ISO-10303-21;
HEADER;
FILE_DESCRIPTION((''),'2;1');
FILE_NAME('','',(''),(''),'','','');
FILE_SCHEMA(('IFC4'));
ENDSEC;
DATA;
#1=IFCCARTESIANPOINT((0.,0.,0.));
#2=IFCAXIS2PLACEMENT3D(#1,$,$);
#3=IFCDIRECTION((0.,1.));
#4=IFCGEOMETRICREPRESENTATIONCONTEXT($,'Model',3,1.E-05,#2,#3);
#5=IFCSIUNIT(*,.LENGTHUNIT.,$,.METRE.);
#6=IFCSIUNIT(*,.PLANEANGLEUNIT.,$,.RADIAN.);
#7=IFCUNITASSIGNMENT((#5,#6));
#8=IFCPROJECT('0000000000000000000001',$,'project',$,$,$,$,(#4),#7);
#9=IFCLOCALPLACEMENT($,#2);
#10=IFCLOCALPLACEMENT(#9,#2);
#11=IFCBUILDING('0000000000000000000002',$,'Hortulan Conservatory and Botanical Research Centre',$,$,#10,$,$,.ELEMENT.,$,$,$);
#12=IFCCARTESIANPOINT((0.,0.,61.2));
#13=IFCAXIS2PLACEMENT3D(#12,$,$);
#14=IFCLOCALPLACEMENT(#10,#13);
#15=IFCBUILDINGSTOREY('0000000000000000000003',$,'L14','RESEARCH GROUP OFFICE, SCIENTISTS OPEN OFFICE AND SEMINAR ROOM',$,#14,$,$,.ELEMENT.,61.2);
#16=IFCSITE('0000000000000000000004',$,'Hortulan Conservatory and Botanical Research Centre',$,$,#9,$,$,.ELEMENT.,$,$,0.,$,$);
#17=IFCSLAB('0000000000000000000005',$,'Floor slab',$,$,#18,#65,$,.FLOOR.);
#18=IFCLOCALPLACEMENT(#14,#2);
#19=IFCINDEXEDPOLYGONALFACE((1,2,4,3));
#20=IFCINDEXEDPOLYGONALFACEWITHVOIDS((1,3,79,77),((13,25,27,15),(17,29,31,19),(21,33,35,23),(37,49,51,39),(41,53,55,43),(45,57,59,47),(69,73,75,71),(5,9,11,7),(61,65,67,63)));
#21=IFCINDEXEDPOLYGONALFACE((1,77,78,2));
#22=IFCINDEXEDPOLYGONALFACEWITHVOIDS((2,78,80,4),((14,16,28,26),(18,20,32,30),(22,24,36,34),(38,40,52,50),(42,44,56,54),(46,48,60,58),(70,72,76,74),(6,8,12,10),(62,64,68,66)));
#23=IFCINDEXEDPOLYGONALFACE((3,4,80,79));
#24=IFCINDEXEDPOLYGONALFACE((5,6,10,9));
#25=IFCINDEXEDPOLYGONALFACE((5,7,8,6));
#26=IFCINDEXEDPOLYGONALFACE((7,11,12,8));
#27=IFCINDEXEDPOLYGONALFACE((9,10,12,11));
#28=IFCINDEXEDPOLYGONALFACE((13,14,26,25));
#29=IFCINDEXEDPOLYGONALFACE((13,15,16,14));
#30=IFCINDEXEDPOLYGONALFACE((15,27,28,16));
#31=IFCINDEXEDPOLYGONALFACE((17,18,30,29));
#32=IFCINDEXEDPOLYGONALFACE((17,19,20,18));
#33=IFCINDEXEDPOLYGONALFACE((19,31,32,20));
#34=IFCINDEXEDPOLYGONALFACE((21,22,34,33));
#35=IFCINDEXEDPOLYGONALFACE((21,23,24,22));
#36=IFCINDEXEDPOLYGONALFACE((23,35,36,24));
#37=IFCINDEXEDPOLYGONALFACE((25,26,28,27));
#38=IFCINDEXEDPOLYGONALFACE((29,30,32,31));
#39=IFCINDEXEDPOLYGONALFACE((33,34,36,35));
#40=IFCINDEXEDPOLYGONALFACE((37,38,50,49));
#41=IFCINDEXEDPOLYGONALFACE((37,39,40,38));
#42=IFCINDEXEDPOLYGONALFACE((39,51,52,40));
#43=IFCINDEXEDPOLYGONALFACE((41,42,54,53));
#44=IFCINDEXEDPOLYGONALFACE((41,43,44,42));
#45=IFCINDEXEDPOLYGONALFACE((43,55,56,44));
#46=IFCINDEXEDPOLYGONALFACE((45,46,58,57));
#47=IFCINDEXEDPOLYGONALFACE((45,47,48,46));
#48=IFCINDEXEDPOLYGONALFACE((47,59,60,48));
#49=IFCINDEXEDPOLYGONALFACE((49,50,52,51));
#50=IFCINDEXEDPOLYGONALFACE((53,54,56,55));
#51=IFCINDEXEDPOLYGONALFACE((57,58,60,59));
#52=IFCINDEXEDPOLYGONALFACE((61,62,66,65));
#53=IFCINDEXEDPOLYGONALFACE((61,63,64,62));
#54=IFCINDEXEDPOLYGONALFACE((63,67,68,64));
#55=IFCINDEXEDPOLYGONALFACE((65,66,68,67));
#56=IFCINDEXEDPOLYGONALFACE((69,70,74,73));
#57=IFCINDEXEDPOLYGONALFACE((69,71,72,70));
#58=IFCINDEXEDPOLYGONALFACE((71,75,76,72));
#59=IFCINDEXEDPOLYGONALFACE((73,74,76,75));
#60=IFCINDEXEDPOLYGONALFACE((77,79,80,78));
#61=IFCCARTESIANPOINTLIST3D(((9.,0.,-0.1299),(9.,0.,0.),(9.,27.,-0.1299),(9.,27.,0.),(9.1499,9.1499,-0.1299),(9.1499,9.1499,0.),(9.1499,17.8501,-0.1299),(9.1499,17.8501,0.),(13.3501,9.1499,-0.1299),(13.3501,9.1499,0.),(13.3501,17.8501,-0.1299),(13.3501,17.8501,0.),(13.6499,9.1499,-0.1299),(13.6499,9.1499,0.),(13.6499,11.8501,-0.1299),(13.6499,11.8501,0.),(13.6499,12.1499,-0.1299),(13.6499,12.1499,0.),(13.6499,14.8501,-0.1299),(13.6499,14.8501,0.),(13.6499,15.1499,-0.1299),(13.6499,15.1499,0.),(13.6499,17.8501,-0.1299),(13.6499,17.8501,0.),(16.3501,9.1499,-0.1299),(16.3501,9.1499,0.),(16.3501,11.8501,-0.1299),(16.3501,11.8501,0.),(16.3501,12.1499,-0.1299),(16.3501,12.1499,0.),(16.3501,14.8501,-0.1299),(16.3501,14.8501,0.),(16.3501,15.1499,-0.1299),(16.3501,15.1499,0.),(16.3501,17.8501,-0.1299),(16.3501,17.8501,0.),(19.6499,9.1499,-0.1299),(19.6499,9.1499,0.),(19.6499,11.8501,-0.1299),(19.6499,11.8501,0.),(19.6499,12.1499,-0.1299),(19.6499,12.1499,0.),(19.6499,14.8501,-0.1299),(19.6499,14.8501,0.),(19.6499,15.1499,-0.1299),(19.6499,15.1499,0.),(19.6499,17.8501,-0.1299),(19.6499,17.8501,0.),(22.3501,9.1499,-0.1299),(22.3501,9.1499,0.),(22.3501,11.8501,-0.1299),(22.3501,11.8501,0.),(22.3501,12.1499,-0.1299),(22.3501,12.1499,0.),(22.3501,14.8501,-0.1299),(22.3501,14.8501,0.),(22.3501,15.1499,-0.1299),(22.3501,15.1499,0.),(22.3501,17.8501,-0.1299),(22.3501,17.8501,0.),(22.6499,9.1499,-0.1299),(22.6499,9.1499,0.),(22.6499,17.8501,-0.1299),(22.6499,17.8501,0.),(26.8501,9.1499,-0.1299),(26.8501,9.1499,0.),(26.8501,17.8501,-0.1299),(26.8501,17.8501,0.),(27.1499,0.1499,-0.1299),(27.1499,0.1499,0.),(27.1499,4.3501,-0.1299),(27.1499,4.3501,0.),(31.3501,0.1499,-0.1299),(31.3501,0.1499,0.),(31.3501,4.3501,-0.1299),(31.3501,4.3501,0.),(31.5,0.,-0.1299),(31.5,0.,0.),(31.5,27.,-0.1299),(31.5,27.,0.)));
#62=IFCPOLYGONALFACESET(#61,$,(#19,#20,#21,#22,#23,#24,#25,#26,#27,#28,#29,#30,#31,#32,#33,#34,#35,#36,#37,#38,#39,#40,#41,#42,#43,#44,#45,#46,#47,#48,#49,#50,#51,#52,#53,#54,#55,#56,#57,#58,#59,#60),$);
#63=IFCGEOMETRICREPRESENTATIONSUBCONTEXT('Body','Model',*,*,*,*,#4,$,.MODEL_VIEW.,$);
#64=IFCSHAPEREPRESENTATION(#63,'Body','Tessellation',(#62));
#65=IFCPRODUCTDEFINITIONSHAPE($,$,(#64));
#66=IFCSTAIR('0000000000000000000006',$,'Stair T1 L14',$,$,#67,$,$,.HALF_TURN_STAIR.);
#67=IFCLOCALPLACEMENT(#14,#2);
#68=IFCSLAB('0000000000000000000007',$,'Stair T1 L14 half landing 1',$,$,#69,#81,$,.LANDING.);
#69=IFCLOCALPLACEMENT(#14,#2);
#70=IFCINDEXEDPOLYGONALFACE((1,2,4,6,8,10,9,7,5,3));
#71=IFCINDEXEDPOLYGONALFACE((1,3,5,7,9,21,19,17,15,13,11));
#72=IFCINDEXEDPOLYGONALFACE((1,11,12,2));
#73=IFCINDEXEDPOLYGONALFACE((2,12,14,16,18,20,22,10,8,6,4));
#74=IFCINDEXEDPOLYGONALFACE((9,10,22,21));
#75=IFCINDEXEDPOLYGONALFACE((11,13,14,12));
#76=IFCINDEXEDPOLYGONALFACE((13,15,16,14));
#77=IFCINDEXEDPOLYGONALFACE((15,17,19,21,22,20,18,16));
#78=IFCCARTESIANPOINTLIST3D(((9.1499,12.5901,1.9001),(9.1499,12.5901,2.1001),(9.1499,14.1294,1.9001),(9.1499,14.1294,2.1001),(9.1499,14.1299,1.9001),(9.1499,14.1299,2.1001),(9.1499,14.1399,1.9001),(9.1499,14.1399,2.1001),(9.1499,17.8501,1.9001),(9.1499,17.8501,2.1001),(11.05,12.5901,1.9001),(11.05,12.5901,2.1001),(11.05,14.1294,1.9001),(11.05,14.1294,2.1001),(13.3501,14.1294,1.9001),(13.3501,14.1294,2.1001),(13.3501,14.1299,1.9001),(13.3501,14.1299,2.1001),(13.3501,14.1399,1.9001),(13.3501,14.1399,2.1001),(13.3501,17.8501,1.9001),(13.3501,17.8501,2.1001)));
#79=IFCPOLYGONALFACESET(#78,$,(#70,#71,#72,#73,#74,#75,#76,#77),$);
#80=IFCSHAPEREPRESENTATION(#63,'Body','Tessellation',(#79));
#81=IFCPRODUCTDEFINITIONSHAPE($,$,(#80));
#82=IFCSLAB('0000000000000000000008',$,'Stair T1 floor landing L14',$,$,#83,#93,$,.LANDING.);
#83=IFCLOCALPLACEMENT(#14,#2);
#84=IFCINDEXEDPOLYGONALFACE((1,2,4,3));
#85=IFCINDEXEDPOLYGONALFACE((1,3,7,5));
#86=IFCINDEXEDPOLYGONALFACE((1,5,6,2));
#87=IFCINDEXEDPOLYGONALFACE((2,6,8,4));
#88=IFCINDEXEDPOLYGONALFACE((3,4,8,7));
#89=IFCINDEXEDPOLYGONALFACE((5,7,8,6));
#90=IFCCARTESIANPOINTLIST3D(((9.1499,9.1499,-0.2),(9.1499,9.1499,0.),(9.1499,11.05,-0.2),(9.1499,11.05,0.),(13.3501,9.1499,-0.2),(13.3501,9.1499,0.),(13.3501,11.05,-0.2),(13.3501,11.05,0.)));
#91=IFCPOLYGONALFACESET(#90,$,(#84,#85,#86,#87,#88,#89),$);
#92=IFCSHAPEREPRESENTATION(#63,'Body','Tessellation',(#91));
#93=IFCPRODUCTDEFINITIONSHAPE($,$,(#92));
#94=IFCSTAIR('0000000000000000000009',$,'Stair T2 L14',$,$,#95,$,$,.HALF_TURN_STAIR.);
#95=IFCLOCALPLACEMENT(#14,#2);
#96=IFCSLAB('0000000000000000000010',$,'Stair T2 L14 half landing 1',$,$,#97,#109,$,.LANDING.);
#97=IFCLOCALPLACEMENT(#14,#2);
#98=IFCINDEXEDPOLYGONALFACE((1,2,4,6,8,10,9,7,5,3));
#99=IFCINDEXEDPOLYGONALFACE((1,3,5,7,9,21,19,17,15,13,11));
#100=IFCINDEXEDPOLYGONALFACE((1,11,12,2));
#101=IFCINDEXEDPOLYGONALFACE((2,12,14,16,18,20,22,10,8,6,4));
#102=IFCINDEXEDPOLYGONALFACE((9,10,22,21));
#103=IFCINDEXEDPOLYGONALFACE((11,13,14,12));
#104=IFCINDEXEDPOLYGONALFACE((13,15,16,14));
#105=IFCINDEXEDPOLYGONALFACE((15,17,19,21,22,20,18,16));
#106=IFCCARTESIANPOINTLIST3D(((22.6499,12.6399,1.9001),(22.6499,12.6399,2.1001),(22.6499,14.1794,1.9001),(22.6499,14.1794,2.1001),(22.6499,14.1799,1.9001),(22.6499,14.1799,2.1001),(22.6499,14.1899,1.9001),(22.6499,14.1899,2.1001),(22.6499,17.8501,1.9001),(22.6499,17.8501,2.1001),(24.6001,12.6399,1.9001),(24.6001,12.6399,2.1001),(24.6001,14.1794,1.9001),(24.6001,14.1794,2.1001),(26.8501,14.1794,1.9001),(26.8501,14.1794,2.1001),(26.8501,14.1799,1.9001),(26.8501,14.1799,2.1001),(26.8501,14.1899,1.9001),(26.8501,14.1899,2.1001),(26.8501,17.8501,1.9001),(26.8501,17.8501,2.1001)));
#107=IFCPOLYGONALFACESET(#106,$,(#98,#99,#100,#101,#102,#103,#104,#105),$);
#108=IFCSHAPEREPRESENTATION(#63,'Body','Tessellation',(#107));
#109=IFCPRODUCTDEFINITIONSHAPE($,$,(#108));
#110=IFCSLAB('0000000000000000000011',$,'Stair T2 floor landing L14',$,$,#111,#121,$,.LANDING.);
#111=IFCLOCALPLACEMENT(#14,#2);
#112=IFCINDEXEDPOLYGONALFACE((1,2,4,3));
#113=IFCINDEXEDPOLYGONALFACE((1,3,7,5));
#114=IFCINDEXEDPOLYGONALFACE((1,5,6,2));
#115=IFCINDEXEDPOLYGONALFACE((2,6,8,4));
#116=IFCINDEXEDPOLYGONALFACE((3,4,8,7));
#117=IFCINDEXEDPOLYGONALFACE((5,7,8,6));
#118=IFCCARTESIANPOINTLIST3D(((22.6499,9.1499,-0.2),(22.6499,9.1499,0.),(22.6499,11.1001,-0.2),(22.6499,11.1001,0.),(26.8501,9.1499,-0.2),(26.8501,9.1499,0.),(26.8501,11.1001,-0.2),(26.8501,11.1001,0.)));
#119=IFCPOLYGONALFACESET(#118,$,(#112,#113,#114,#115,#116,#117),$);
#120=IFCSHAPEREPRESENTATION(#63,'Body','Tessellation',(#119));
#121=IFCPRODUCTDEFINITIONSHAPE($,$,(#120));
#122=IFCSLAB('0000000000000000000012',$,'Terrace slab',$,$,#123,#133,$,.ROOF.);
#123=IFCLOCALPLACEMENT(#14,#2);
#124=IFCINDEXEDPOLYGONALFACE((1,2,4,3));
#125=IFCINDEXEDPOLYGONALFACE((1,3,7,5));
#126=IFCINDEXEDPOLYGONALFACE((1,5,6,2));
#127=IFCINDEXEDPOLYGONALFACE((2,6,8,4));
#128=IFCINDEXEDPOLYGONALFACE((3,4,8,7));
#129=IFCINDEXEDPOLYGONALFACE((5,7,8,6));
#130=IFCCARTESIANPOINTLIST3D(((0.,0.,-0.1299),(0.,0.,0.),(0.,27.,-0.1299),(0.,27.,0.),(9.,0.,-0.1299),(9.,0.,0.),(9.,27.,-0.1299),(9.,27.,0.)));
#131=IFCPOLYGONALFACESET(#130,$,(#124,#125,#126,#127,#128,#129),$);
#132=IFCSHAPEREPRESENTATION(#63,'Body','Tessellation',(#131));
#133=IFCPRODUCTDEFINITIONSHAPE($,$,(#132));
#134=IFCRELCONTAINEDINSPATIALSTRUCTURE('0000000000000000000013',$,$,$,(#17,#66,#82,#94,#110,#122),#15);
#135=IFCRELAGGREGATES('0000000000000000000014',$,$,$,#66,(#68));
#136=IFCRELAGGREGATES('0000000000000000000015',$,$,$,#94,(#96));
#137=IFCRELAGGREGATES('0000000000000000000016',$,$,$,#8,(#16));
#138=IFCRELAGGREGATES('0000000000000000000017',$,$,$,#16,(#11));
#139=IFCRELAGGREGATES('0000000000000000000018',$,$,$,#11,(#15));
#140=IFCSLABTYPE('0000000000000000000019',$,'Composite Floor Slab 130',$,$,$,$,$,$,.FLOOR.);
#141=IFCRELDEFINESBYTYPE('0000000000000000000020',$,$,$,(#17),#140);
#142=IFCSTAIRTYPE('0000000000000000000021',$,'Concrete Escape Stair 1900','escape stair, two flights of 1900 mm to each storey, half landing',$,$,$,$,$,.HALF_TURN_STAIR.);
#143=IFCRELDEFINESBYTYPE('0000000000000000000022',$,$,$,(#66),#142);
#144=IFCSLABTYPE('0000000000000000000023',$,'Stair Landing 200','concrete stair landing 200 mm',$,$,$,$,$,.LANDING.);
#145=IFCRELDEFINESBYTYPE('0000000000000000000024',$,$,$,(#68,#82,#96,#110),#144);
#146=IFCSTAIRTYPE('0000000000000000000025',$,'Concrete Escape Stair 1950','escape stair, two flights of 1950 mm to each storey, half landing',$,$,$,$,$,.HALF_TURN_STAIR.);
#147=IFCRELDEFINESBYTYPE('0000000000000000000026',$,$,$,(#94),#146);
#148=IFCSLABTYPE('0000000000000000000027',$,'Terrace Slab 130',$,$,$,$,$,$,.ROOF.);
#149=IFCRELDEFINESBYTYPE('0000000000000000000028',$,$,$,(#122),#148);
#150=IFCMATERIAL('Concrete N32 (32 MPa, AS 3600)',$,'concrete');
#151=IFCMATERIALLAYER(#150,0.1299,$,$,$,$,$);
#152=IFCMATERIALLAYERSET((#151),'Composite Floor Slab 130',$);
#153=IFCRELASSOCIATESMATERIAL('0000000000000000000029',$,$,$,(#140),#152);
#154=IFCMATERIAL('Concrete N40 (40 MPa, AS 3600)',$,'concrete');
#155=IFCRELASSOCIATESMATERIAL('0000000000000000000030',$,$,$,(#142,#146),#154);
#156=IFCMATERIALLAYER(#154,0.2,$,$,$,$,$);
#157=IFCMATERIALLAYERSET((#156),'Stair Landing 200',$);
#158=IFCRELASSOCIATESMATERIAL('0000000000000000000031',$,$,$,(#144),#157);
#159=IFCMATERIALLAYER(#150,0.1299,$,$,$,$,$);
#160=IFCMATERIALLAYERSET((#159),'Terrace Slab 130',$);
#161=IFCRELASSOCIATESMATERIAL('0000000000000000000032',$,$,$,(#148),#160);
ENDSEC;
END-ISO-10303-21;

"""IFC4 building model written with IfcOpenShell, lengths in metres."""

from ifc_helpers import new_model, si_unit, direction, frame, origin, place, context, subcontext, project, spatial, polyline, outline, extrude, material, layer, layer_set, type_object, element, aggregate, save


model = new_model("IFC4")

# Units and contexts
model_context = context("Model", 3, precision=1e-05, world=origin(), true_north=direction((0.0, 1.0)))
body_context = subcontext(model_context, "Body", "Model", "MODEL_VIEW")
ifc_project = project(units=[si_unit("LENGTHUNIT", "METRE"), si_unit("PLANEANGLEUNIT", "RADIAN")], contexts=[model_context])

# Site, building, storey
site_placement = place(None, origin())
site = spatial("IfcSite", under=ifc_project, at=site_placement, Name="Hortulan Conservatory and Botanical Research Centre", CompositionType="ELEMENT", RefElevation=0.0)
building_placement = place(site_placement, origin())
building = spatial("IfcBuilding", under=site, at=building_placement, Name="Hortulan Conservatory and Botanical Research Centre", CompositionType="ELEMENT")
storey_placement = place(building_placement, frame((0.0, 0.0, 61.2)))
storey = spatial("IfcBuildingStorey", under=building, at=storey_placement, Name="L14", Description="RESEARCH GROUP OFFICE, SCIENTISTS OPEN OFFICE AND SEMINAR ROOM", CompositionType="ELEMENT", Elevation=61.2)

# Slab
ifc_material_1 = material(Name="Concrete N32 (32 MPa, AS 3600)", Category="concrete")
ifc_layer_1 = layer(ifc_material_1, 0.1299)
ifc_layer_set_1 = layer_set([ifc_layer_1], Name="Composite Floor Slab 130")
slab_type_1 = type_object("IfcSlabType", Name="Composite Floor Slab 130", PredefinedType="FLOOR", material=ifc_layer_set_1)
slab_1_placement = place(storey_placement, frame((0.0, 0.0, -0.1299)))
element("IfcSlab", 1, at=slab_1_placement, inside=storey, type_object=slab_type_1, Name="Floor slab", PredefinedType="FLOOR", context=body_context, shape_type="SweptSolid", body=[
    extrude(outline(polyline([(31.5, 0.0), (31.5, 27.0), (9.0, 27.0), (9.0, 0.0), (31.5, 0.0)]), holes=[polyline([(27.1499, 4.3501), (27.1499, 0.1499), (31.3501, 0.1499), (31.3501, 4.3501), (27.1499, 4.3501)]), polyline([(13.6499, 11.8501), (13.6499, 9.1499), (16.3501, 9.1499), (16.3501, 11.8501), (13.6499, 11.8501)]), polyline([(19.6499, 11.8501), (19.6499, 9.1499), (22.3501, 9.1499), (22.3501, 11.8501), (19.6499, 11.8501)]), polyline([(9.1499, 17.8501), (9.1499, 9.1499), (13.3501, 9.1499), (13.3501, 17.8501), (9.1499, 17.8501)]), polyline([(13.6499, 14.8501), (13.6499, 12.1499), (16.3501, 12.1499), (16.3501, 14.8501), (13.6499, 14.8501)]), polyline([(19.6499, 14.8501), (19.6499, 12.1499), (22.3501, 12.1499), (22.3501, 14.8501), (19.6499, 14.8501)]), polyline([(22.6499, 17.8501), (22.6499, 9.1499), (26.8501, 9.1499), (26.8501, 17.8501), (22.6499, 17.8501)]), polyline([(16.3501, 17.8501), (13.6499, 17.8501), (13.6499, 15.1499), (16.3501, 15.1499), (16.3501, 17.8501)]), polyline([(22.3501, 17.8501), (19.6499, 17.8501), (19.6499, 15.1499), (22.3501, 15.1499), (22.3501, 17.8501)])]), origin(), (0.0, 0.0, 1.0), 0.1299),
])

# Stair, slab
ifc_material_2 = material(Name="Concrete N40 (40 MPa, AS 3600)", Category="concrete")
stair_type_1 = type_object("IfcStairType", Name="Concrete Escape Stair 1900", Description="escape stair, two flights of 1900 mm to each storey, half landing", PredefinedType="HALF_TURN_STAIR", material=ifc_material_2)
stair_1_placement = place(storey_placement, origin())
stair_1 = element("IfcStair", 2, at=stair_1_placement, inside=storey, type_object=stair_type_1, Name="Stair T1 L14", PredefinedType="HALF_TURN_STAIR")
ifc_layer_2 = layer(ifc_material_2, 0.2)
ifc_layer_set_2 = layer_set([ifc_layer_2], Name="Stair Landing 200")
slab_type_2 = type_object("IfcSlabType", Name="Stair Landing 200", Description="concrete stair landing 200 mm", PredefinedType="LANDING", material=ifc_layer_set_2)
slab_2_placement = place(storey_placement, frame((0.0, 0.0, 1.9001)))
slab_2 = element("IfcSlab", 3, at=slab_2_placement, type_object=slab_type_2, Name="Stair T1 L14 half landing 1", PredefinedType="LANDING", context=body_context, shape_type="SweptSolid", body=[
    extrude(outline(polyline([(13.3501, 14.1294), (11.05, 14.1294), (11.05, 12.5901), (9.1499, 12.5901), (9.1499, 14.1294), (9.1499, 14.1299), (9.1499, 14.1399), (9.1499, 17.8501), (13.3501, 17.8501), (13.3501, 14.1399), (13.3501, 14.1299), (13.3501, 14.1294)])), origin(), (0.0, 0.0, 1.0), 0.2),
])
aggregate(stair_1, [slab_2])

# Slab
slab_3_placement = place(storey_placement, frame((0.0, 0.0, -0.2)))
element("IfcSlab", 4, at=slab_3_placement, inside=storey, type_object=slab_type_2, Name="Stair T1 floor landing L14", PredefinedType="LANDING", context=body_context, shape_type="SweptSolid", body=[
    extrude(outline(polyline([(13.3501, 9.1499), (9.1499, 9.1499), (9.1499, 11.05), (13.3501, 11.05), (13.3501, 9.1499)])), origin(), (0.0, 0.0, 1.0), 0.2),
])

# Stair, slab
stair_type_2 = type_object("IfcStairType", Name="Concrete Escape Stair 1950", Description="escape stair, two flights of 1950 mm to each storey, half landing", PredefinedType="HALF_TURN_STAIR", material=ifc_material_2)
stair_2_placement = place(storey_placement, origin())
stair_2 = element("IfcStair", 5, at=stair_2_placement, inside=storey, type_object=stair_type_2, Name="Stair T2 L14", PredefinedType="HALF_TURN_STAIR")
slab_4_placement = place(storey_placement, frame((0.0, 0.0, 1.9001)))
slab_4 = element("IfcSlab", 6, at=slab_4_placement, type_object=slab_type_2, Name="Stair T2 L14 half landing 1", PredefinedType="LANDING", context=body_context, shape_type="SweptSolid", body=[
    extrude(outline(polyline([(26.8501, 14.1794), (24.6001, 14.1794), (24.6001, 12.6399), (22.6499, 12.6399), (22.6499, 14.1794), (22.6499, 14.1799), (22.6499, 14.1899), (22.6499, 17.8501), (26.8501, 17.8501), (26.8501, 14.1899), (26.8501, 14.1799), (26.8501, 14.1794)])), origin(), (0.0, 0.0, 1.0), 0.2),
])
aggregate(stair_2, [slab_4])

# Slabs
slab_5_placement = place(storey_placement, frame((0.0, 0.0, -0.2)))
element("IfcSlab", 7, at=slab_5_placement, inside=storey, type_object=slab_type_2, Name="Stair T2 floor landing L14", PredefinedType="LANDING", context=body_context, shape_type="SweptSolid", body=[
    extrude(outline(polyline([(26.8501, 9.1499), (22.6499, 9.1499), (22.6499, 11.1001), (26.8501, 11.1001), (26.8501, 9.1499)])), origin(), (0.0, 0.0, 1.0), 0.2),
])
ifc_layer_3 = layer(ifc_material_1, 0.1299)
ifc_layer_set_3 = layer_set([ifc_layer_3], Name="Terrace Slab 130")
slab_type_3 = type_object("IfcSlabType", Name="Terrace Slab 130", PredefinedType="ROOF", material=ifc_layer_set_3)
slab_6_placement = place(storey_placement, frame((0.0, 0.0, -0.1299)))
element("IfcSlab", 8, at=slab_6_placement, inside=storey, type_object=slab_type_3, Name="Terrace slab", PredefinedType="ROOF", context=body_context, shape_type="SweptSolid", body=[
    extrude(outline(polyline([(0.0, 0.0), (9.0, 0.0), (9.0, 27.0), (0.0, 27.0), (0.0, 0.0)])), origin(), (0.0, 0.0, 1.0), 0.1299),
])

save(model, "model.ifc")
